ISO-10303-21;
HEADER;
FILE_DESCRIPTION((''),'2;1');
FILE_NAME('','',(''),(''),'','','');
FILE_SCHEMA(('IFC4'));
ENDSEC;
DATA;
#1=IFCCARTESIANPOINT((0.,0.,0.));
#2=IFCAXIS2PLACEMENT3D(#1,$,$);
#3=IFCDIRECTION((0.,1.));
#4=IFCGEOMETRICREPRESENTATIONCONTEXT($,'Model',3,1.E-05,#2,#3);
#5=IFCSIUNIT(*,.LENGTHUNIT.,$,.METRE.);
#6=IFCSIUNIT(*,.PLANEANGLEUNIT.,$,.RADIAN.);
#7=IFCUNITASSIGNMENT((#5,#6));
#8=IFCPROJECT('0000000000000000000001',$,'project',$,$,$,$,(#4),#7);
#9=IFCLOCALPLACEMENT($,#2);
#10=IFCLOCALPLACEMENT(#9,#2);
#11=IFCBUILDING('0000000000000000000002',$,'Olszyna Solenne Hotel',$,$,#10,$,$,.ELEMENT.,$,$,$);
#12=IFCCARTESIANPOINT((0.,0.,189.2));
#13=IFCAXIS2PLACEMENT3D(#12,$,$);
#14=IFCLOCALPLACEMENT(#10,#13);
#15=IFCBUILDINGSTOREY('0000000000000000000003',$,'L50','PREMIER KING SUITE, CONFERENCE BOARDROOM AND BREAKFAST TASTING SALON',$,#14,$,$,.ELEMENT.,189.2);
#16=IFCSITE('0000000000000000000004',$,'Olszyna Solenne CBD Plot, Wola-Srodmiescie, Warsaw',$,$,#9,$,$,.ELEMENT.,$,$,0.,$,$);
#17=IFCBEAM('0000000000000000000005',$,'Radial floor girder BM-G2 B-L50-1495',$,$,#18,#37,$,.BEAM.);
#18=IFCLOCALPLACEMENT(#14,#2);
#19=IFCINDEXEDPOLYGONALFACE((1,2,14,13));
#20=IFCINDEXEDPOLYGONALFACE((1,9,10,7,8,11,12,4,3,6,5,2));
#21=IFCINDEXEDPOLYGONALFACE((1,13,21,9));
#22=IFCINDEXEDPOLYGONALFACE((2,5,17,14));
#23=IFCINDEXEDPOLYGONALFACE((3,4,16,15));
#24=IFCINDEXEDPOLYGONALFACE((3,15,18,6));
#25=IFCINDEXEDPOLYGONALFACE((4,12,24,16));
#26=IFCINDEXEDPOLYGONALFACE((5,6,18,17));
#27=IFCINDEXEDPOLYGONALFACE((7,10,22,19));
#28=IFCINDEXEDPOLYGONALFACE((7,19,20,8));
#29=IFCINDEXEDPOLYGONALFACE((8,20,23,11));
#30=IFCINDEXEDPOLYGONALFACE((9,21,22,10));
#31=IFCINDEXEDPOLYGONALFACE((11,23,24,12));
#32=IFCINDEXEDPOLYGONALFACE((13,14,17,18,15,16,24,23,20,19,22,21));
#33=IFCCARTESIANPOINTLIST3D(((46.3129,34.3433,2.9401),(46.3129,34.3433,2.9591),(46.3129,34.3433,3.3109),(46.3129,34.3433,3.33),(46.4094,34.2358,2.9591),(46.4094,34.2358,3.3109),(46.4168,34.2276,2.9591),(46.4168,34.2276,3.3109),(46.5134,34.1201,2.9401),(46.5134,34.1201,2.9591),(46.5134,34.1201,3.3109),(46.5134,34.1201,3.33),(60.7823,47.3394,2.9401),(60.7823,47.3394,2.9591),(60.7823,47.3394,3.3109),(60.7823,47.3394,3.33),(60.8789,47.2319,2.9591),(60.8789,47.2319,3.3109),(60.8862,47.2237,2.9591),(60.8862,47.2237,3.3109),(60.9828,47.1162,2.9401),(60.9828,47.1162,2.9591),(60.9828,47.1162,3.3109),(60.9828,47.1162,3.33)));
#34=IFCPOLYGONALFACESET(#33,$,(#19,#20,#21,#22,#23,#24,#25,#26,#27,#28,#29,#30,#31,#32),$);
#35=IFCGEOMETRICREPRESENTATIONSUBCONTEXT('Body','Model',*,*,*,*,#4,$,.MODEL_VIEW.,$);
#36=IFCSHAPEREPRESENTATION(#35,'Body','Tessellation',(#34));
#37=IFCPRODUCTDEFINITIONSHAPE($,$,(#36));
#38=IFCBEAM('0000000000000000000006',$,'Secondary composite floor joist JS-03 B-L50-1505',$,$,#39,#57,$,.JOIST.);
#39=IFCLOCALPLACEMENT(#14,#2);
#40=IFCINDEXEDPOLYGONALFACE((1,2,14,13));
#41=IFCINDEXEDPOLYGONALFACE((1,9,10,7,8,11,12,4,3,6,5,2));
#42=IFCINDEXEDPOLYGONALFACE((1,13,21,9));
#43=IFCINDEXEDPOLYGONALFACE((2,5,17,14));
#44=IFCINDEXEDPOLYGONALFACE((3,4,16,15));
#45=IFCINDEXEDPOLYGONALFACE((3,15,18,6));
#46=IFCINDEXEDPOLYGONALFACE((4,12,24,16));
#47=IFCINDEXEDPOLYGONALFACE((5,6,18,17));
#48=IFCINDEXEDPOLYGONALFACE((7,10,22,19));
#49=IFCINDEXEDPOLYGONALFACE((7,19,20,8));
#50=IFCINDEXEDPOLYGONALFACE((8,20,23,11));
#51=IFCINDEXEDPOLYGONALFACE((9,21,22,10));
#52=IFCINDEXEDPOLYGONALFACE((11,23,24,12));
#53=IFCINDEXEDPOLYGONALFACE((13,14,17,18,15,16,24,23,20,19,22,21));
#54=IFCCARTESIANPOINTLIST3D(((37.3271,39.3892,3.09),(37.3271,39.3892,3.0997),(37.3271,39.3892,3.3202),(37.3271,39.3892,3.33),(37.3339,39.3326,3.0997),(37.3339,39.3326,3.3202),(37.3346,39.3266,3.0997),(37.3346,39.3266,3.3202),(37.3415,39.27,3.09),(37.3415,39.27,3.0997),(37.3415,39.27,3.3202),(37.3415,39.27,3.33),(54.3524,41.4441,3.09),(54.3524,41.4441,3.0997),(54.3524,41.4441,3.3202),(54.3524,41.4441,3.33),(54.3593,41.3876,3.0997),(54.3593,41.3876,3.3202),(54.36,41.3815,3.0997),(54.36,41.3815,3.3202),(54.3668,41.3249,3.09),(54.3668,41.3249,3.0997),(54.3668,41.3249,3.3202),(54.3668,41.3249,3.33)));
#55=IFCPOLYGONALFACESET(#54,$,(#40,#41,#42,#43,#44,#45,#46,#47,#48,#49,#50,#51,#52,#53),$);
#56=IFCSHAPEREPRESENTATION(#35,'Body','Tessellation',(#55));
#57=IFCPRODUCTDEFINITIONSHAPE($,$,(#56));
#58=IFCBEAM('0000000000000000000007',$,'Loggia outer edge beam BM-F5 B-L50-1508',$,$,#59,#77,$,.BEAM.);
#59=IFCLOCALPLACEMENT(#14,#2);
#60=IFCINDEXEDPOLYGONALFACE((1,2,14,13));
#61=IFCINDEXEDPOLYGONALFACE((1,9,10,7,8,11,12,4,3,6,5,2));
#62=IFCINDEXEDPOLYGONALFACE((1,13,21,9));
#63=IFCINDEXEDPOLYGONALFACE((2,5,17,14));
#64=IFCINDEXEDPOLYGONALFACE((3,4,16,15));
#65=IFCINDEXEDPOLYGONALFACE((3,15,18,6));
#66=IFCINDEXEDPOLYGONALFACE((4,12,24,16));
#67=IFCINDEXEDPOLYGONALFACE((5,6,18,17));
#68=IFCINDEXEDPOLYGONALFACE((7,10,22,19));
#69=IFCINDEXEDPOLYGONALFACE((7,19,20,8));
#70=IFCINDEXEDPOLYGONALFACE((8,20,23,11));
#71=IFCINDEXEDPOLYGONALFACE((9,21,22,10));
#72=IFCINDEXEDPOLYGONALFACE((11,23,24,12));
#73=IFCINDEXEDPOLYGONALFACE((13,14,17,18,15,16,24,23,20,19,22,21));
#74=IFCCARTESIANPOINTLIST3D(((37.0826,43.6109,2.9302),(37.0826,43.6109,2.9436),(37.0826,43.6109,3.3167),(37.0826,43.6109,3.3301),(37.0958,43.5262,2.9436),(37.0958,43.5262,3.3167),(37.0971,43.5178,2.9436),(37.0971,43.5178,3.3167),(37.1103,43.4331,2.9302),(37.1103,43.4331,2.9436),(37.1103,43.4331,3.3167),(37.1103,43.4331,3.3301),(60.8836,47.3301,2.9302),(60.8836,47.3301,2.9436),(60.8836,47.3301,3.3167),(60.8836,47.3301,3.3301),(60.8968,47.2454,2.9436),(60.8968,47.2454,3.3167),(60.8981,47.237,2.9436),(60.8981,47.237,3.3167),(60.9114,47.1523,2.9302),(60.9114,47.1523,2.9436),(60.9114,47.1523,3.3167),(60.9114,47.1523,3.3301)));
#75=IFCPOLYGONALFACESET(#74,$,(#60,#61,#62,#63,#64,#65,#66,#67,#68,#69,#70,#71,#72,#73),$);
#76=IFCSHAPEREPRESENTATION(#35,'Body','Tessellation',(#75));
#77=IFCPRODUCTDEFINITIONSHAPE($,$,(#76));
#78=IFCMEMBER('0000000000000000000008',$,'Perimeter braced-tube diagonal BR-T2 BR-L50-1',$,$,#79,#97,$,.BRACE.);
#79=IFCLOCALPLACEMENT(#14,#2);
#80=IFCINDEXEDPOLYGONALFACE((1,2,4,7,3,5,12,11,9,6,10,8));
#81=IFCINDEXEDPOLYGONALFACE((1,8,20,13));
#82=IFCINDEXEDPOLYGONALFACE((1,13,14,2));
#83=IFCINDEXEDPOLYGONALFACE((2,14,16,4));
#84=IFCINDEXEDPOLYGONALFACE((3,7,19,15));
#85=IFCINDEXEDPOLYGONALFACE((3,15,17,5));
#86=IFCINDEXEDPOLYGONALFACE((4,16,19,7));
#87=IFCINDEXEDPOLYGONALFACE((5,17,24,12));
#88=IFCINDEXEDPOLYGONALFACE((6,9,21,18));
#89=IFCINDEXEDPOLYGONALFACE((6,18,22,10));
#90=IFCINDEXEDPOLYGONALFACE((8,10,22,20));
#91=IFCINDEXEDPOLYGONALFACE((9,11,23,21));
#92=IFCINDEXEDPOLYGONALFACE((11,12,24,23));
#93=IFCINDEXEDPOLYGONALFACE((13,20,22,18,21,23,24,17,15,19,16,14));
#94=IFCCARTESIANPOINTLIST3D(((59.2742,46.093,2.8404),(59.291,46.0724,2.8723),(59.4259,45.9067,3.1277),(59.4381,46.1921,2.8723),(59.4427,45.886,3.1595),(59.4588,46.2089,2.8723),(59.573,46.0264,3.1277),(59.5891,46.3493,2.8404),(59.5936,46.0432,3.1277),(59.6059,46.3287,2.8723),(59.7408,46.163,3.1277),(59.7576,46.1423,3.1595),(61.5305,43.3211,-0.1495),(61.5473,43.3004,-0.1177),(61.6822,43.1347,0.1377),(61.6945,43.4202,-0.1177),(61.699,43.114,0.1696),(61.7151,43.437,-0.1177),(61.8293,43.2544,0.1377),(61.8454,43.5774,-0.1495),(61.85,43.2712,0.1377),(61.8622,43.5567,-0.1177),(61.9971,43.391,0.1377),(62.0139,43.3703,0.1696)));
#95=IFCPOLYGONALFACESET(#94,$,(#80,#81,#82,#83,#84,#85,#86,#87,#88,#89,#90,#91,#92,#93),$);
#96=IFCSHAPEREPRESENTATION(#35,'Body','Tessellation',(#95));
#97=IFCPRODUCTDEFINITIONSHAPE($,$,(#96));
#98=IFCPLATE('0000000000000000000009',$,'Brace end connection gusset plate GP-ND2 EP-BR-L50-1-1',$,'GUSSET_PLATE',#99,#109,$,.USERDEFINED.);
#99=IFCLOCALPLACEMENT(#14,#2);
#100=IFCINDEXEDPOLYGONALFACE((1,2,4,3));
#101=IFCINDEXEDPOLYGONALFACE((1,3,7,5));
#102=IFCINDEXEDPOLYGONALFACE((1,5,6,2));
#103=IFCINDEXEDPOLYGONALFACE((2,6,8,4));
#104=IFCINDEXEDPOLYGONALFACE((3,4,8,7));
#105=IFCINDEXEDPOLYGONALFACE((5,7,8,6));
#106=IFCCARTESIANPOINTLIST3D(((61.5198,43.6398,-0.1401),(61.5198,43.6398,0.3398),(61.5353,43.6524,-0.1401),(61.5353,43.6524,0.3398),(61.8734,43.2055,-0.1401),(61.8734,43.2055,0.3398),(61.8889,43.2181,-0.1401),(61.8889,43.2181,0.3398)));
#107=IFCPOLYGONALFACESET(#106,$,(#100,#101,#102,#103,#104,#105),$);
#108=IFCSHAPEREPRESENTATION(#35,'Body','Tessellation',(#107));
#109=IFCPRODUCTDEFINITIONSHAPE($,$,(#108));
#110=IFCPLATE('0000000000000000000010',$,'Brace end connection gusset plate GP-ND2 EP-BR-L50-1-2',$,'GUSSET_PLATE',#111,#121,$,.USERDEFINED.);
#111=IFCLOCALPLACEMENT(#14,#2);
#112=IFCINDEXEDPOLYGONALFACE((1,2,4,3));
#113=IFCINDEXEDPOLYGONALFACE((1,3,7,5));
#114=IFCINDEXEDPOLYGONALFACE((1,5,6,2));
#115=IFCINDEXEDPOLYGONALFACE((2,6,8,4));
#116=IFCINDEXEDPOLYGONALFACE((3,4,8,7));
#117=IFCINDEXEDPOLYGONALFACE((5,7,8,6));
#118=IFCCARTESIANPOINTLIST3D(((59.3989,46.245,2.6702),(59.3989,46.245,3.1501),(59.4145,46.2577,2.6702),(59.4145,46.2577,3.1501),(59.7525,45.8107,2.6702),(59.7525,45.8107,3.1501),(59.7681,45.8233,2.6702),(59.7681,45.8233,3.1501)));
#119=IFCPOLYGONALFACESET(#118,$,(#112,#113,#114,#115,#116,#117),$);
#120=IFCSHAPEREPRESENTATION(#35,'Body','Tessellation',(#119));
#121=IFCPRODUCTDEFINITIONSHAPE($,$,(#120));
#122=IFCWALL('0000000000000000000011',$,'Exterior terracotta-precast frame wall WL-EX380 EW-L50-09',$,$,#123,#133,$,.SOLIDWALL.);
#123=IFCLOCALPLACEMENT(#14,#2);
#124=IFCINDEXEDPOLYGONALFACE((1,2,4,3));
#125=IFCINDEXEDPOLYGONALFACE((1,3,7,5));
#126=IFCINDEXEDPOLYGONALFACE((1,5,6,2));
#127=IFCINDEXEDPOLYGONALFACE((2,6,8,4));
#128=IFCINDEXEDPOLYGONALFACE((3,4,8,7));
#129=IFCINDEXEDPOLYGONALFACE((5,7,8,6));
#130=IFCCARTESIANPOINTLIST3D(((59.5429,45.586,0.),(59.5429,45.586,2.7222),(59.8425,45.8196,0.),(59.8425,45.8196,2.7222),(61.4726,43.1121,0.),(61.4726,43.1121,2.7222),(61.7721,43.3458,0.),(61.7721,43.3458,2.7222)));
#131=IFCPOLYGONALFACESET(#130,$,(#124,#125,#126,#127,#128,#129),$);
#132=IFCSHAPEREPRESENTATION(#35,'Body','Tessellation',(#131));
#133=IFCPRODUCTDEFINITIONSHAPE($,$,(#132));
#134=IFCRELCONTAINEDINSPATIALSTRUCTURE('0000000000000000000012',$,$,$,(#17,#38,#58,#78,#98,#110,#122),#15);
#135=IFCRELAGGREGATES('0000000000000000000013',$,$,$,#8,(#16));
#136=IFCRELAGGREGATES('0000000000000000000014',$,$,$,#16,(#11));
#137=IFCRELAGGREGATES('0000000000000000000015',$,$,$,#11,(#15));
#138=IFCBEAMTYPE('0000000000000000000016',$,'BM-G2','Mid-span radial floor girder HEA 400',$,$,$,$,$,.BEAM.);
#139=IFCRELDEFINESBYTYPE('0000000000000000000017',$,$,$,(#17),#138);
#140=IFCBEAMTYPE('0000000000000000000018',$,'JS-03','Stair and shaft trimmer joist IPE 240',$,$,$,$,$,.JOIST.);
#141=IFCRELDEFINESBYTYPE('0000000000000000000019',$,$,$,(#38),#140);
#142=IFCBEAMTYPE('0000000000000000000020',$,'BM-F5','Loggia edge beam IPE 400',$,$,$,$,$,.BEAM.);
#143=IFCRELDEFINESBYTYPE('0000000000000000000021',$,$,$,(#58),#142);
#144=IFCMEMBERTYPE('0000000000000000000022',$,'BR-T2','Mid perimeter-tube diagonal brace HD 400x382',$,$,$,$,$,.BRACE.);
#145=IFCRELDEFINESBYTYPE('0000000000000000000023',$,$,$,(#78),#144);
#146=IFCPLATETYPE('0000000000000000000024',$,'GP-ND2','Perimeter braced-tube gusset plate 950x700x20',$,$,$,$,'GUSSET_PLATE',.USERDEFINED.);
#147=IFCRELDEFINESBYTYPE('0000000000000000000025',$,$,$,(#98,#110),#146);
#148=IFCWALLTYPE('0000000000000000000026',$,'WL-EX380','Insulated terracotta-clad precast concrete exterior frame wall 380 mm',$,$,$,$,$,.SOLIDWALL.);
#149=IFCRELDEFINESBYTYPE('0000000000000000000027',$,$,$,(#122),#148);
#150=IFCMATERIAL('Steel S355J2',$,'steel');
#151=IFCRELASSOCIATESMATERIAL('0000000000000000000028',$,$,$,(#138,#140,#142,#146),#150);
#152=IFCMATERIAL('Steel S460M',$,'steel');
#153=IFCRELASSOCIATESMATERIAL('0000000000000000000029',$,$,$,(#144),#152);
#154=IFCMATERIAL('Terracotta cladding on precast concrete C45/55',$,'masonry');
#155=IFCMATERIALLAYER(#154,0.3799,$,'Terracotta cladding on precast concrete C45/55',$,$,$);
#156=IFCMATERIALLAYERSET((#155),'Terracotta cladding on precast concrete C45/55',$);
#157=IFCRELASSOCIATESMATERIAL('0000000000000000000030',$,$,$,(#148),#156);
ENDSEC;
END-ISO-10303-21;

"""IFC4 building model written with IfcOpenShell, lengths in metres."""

from ifc_helpers import new_model, si_unit, direction, frame, frame_2d, origin, origin_2d, place, context, subcontext, project, spatial, rectangle, i_section, extrude, source, transform, mapped, material, layer, layer_set, material_profile, profile_set, type_object, element, save


model = new_model("IFC4")

# Units and contexts
model_context = context("Model", 3, precision=1e-05, world=origin(), true_north=direction((0.0, 1.0)))
body_context = subcontext(model_context, "Body", "Model", "MODEL_VIEW")
ifc_project = project(units=[si_unit("LENGTHUNIT", "METRE"), si_unit("PLANEANGLEUNIT", "RADIAN")], contexts=[model_context])

# Site, building, storey
site_placement = place(None, origin())
site = spatial("IfcSite", under=ifc_project, at=site_placement, Name="Olszyna Solenne CBD Plot, Wola-Srodmiescie, Warsaw", CompositionType="ELEMENT", RefElevation=0.0)
building_placement = place(site_placement, origin())
building = spatial("IfcBuilding", under=site, at=building_placement, Name="Olszyna Solenne Hotel", CompositionType="ELEMENT")
storey_placement = place(building_placement, frame((0.0, 0.0, 189.2)))
storey = spatial("IfcBuildingStorey", under=building, at=storey_placement, Name="L50", Description="PREMIER KING SUITE, CONFERENCE BOARDROOM AND BREAKFAST TASTING SALON", CompositionType="ELEMENT", Elevation=189.2)

# Shared definitions
ifc_material_1 = material(Name="Steel S460M", Category="steel")

# Beams
ifc_material_2 = material(Name="Steel S355J2", Category="steel")
ifc_material_profile_1 = material_profile(ifc_material_2, i_section(OverallWidth=0.3, OverallDepth=0.3899, WebThickness=0.011, FlangeThickness=0.019, at=origin_2d()), Name="HEA 400", Category="load-bearing")
ifc_profile_set_1 = profile_set([ifc_material_profile_1], Name="Steel S355J2")
beam_type_1 = type_object("IfcBeamType", Name="BM-G2", Description="Mid-span radial floor girder HEA 400", PredefinedType="BEAM", material=ifc_profile_set_1)
shared_shape_1 = source(origin(), body_context, "Body", "SweptSolid", [
    extrude(i_section(OverallWidth=0.3, OverallDepth=0.3899, WebThickness=0.011, FlangeThickness=0.019, at=origin_2d()), origin(), (0.0, 0.0, 1.0), 19.449),
])
beam_1_placement = place(storey_placement, frame((60.8826, 47.2278, 3.135), z_axis=(-0.74397, -0.668213, 0.0), x_axis=(0.668213, -0.74397, 0.0)))
element("IfcBeam", 1, at=beam_1_placement, inside=storey, type_object=beam_type_1, Name="Radial floor girder BM-G2 B-L50-1495", PredefinedType="BEAM", context=body_context, shape_type="MappedRepresentation", body=[
    mapped(shared_shape_1, transform((0.0, 0.0, 0.0), x_axis=(1.0, 0.0, 0.0), y_axis=(0.0, 1.0, 0.0), z_axis=(0.0, 0.0, 1.0), scale=1.0)),
])
ifc_material_profile_2 = material_profile(ifc_material_2, i_section(OverallWidth=0.1201, OverallDepth=0.24, WebThickness=0.0061, FlangeThickness=0.0098, at=origin_2d()), Name="IPE 240", Category="load-bearing")
ifc_profile_set_2 = profile_set([ifc_material_profile_2], Name="Steel S355J2")
beam_type_2 = type_object("IfcBeamType", Name="JS-03", Description="Stair and shaft trimmer joist IPE 240", PredefinedType="JOIST", material=ifc_profile_set_2)
shared_shape_2 = source(origin(), body_context, "Body", "SweptSolid", [
    extrude(i_section(OverallWidth=0.1201, OverallDepth=0.24, WebThickness=0.0061, FlangeThickness=0.0098, at=origin_2d()), origin(), (0.0, 0.0, 1.0), 17.1489),
])
beam_2_placement = place(storey_placement, frame((54.3596, 41.3845, 3.21), z_axis=(-0.992795, -0.119828, 0.0), x_axis=(0.119828, -0.992795, 0.0)))
element("IfcBeam", 2, at=beam_2_placement, inside=storey, type_object=beam_type_2, Name="Secondary composite floor joist JS-03 B-L50-1505", PredefinedType="JOIST", context=body_context, shape_type="MappedRepresentation", body=[
    mapped(shared_shape_2, transform((0.0, 0.0, 0.0), x_axis=(1.0, 0.0, 0.0), y_axis=(0.0, 1.0, 0.0), z_axis=(0.0, 0.0, 1.0), scale=1.0)),
])
ifc_material_profile_3 = material_profile(ifc_material_2, i_section(OverallWidth=0.1799, OverallDepth=0.3999, WebThickness=0.0085, FlangeThickness=0.0134, at=origin_2d()), Name="IPE 400", Category="load-bearing")
ifc_profile_set_3 = profile_set([ifc_material_profile_3], Name="Steel S355J2")
beam_type_3 = type_object("IfcBeamType", Name="BM-F5", Description="Loggia edge beam IPE 400", PredefinedType="BEAM", material=ifc_profile_set_3)
shared_shape_3 = source(origin(), body_context, "Body", "SweptSolid", [
    extrude(i_section(OverallWidth=0.1799, OverallDepth=0.3999, WebThickness=0.0085, FlangeThickness=0.0134, at=origin_2d()), origin(), (0.0, 0.0, 1.0), 24.0898),
])
beam_3_placement = place(storey_placement, frame((60.8975, 47.2412, 3.1301), z_axis=(-0.98801, -0.15439, 0.0), x_axis=(0.15439, -0.98801, 0.0)))
element("IfcBeam", 3, at=beam_3_placement, inside=storey, type_object=beam_type_3, Name="Loggia outer edge beam BM-F5 B-L50-1508", PredefinedType="BEAM", context=body_context, shape_type="MappedRepresentation", body=[
    mapped(shared_shape_3, transform((0.0, 0.0, 0.0), x_axis=(1.0, 0.0, 0.0), y_axis=(0.0, 1.0, 0.0), z_axis=(0.0, 0.0, 1.0), scale=1.0)),
])

# Member
ifc_material_profile_4 = material_profile(ifc_material_1, i_section(OverallWidth=0.406, OverallDepth=0.416, WebThickness=0.0266, FlangeThickness=0.0415, at=origin_2d()), Name="HD 400x382", Category="load-bearing")
ifc_profile_set_4 = profile_set([ifc_material_profile_4], Name="Steel S460M")
member_type = type_object("IfcMemberType", Name="BR-T2", Description="Mid perimeter-tube diagonal brace HD 400x382", PredefinedType="BRACE", material=ifc_profile_set_4)
shared_shape_4 = source(origin(), body_context, "Body", "SweptSolid", [
    extrude(i_section(OverallWidth=0.406, OverallDepth=0.416, WebThickness=0.0266, FlangeThickness=0.0415, at=origin_2d()), origin(), (0.0, 0.0, 1.0), 4.6599),
])
member_placement = place(storey_placement, frame((61.7722, 43.3457, 0.01), z_axis=(-0.484202, 0.594852, 0.641638), x_axis=(-0.77555, -0.631287, 0.0)))
element("IfcMember", 4, at=member_placement, inside=storey, type_object=member_type, Name="Perimeter braced-tube diagonal BR-T2 BR-L50-1", PredefinedType="BRACE", context=body_context, shape_type="MappedRepresentation", body=[
    mapped(shared_shape_4, transform((0.0, 0.0, 0.0), x_axis=(1.0, 0.0, 0.0), y_axis=(0.0, 1.0, 0.0), z_axis=(0.0, 0.0, 1.0), scale=1.0)),
])

# Plates
plate_type = type_object("IfcPlateType", Name="GP-ND2", Description="Perimeter braced-tube gusset plate 950x700x20", ElementType="GUSSET_PLATE", PredefinedType="USERDEFINED", material=ifc_material_2)
shared_shape_5 = source(origin(), body_context, "Body", "SweptSolid", [
    extrude(rectangle(XDim=0.5601, YDim=0.02, at=origin_2d()), origin(), (0.0, 0.0, 1.0), 0.48),
])
for number, where, z_axis, x_axis, name in (
    (5, (61.7043, 43.429, -0.1401), (0.0, 0.0, 1.0), (-0.631353, 0.775496, 0.0), "Brace end connection gusset plate GP-ND2 EP-BR-L50-1-1"),
    (6, (59.5835, 46.0342, 2.6702), (0.0, 0.0, 1.0), (-0.631353, 0.775496, 0.0), "Brace end connection gusset plate GP-ND2 EP-BR-L50-1-2"),
):
    element("IfcPlate", number, at=place(storey_placement, frame(where, z_axis=z_axis, x_axis=x_axis)), inside=storey, type_object=plate_type, Name=name, ObjectType="GUSSET_PLATE", PredefinedType="USERDEFINED", context=body_context, shape_type="MappedRepresentation", body=[
        mapped(shared_shape_5, transform((0.0, 0.0, 0.0), x_axis=(1.0, 0.0, 0.0), y_axis=(0.0, 1.0, 0.0), z_axis=(0.0, 0.0, 1.0), scale=1.0)),
    ])

# Wall
ifc_material_3 = material(Name="Terracotta cladding on precast concrete C45/55", Category="masonry")
ifc_layer_1 = layer(ifc_material_3, 0.3799, Name="Terracotta cladding on precast concrete C45/55")
ifc_layer_set_1 = layer_set([ifc_layer_1], Name="Terracotta cladding on precast concrete C45/55")
wall_type_1 = type_object("IfcWallType", Name="WL-EX380", Description="Insulated terracotta-clad precast concrete exterior frame wall 380 mm", PredefinedType="SOLIDWALL", material=ifc_layer_set_1)
wall_1_placement = place(storey_placement, frame((59.6926, 45.7029, 0.0), z_axis=(0.0, 0.0, 1.0), x_axis=(0.615044, -0.788492, 0.0)))
element("IfcWall", 7, at=wall_1_placement, inside=storey, type_object=wall_type_1, Name="Exterior terracotta-precast frame wall WL-EX380 EW-L50-09", PredefinedType="SOLIDWALL", context=body_context, shape_type="SweptSolid", body=[
    extrude(rectangle(XDim=3.1375, YDim=0.3799, at=frame_2d((1.5688, 0.0))), origin(), (0.0, 0.0, 1.0), 2.7222),
])

save(model, "model.ifc")
